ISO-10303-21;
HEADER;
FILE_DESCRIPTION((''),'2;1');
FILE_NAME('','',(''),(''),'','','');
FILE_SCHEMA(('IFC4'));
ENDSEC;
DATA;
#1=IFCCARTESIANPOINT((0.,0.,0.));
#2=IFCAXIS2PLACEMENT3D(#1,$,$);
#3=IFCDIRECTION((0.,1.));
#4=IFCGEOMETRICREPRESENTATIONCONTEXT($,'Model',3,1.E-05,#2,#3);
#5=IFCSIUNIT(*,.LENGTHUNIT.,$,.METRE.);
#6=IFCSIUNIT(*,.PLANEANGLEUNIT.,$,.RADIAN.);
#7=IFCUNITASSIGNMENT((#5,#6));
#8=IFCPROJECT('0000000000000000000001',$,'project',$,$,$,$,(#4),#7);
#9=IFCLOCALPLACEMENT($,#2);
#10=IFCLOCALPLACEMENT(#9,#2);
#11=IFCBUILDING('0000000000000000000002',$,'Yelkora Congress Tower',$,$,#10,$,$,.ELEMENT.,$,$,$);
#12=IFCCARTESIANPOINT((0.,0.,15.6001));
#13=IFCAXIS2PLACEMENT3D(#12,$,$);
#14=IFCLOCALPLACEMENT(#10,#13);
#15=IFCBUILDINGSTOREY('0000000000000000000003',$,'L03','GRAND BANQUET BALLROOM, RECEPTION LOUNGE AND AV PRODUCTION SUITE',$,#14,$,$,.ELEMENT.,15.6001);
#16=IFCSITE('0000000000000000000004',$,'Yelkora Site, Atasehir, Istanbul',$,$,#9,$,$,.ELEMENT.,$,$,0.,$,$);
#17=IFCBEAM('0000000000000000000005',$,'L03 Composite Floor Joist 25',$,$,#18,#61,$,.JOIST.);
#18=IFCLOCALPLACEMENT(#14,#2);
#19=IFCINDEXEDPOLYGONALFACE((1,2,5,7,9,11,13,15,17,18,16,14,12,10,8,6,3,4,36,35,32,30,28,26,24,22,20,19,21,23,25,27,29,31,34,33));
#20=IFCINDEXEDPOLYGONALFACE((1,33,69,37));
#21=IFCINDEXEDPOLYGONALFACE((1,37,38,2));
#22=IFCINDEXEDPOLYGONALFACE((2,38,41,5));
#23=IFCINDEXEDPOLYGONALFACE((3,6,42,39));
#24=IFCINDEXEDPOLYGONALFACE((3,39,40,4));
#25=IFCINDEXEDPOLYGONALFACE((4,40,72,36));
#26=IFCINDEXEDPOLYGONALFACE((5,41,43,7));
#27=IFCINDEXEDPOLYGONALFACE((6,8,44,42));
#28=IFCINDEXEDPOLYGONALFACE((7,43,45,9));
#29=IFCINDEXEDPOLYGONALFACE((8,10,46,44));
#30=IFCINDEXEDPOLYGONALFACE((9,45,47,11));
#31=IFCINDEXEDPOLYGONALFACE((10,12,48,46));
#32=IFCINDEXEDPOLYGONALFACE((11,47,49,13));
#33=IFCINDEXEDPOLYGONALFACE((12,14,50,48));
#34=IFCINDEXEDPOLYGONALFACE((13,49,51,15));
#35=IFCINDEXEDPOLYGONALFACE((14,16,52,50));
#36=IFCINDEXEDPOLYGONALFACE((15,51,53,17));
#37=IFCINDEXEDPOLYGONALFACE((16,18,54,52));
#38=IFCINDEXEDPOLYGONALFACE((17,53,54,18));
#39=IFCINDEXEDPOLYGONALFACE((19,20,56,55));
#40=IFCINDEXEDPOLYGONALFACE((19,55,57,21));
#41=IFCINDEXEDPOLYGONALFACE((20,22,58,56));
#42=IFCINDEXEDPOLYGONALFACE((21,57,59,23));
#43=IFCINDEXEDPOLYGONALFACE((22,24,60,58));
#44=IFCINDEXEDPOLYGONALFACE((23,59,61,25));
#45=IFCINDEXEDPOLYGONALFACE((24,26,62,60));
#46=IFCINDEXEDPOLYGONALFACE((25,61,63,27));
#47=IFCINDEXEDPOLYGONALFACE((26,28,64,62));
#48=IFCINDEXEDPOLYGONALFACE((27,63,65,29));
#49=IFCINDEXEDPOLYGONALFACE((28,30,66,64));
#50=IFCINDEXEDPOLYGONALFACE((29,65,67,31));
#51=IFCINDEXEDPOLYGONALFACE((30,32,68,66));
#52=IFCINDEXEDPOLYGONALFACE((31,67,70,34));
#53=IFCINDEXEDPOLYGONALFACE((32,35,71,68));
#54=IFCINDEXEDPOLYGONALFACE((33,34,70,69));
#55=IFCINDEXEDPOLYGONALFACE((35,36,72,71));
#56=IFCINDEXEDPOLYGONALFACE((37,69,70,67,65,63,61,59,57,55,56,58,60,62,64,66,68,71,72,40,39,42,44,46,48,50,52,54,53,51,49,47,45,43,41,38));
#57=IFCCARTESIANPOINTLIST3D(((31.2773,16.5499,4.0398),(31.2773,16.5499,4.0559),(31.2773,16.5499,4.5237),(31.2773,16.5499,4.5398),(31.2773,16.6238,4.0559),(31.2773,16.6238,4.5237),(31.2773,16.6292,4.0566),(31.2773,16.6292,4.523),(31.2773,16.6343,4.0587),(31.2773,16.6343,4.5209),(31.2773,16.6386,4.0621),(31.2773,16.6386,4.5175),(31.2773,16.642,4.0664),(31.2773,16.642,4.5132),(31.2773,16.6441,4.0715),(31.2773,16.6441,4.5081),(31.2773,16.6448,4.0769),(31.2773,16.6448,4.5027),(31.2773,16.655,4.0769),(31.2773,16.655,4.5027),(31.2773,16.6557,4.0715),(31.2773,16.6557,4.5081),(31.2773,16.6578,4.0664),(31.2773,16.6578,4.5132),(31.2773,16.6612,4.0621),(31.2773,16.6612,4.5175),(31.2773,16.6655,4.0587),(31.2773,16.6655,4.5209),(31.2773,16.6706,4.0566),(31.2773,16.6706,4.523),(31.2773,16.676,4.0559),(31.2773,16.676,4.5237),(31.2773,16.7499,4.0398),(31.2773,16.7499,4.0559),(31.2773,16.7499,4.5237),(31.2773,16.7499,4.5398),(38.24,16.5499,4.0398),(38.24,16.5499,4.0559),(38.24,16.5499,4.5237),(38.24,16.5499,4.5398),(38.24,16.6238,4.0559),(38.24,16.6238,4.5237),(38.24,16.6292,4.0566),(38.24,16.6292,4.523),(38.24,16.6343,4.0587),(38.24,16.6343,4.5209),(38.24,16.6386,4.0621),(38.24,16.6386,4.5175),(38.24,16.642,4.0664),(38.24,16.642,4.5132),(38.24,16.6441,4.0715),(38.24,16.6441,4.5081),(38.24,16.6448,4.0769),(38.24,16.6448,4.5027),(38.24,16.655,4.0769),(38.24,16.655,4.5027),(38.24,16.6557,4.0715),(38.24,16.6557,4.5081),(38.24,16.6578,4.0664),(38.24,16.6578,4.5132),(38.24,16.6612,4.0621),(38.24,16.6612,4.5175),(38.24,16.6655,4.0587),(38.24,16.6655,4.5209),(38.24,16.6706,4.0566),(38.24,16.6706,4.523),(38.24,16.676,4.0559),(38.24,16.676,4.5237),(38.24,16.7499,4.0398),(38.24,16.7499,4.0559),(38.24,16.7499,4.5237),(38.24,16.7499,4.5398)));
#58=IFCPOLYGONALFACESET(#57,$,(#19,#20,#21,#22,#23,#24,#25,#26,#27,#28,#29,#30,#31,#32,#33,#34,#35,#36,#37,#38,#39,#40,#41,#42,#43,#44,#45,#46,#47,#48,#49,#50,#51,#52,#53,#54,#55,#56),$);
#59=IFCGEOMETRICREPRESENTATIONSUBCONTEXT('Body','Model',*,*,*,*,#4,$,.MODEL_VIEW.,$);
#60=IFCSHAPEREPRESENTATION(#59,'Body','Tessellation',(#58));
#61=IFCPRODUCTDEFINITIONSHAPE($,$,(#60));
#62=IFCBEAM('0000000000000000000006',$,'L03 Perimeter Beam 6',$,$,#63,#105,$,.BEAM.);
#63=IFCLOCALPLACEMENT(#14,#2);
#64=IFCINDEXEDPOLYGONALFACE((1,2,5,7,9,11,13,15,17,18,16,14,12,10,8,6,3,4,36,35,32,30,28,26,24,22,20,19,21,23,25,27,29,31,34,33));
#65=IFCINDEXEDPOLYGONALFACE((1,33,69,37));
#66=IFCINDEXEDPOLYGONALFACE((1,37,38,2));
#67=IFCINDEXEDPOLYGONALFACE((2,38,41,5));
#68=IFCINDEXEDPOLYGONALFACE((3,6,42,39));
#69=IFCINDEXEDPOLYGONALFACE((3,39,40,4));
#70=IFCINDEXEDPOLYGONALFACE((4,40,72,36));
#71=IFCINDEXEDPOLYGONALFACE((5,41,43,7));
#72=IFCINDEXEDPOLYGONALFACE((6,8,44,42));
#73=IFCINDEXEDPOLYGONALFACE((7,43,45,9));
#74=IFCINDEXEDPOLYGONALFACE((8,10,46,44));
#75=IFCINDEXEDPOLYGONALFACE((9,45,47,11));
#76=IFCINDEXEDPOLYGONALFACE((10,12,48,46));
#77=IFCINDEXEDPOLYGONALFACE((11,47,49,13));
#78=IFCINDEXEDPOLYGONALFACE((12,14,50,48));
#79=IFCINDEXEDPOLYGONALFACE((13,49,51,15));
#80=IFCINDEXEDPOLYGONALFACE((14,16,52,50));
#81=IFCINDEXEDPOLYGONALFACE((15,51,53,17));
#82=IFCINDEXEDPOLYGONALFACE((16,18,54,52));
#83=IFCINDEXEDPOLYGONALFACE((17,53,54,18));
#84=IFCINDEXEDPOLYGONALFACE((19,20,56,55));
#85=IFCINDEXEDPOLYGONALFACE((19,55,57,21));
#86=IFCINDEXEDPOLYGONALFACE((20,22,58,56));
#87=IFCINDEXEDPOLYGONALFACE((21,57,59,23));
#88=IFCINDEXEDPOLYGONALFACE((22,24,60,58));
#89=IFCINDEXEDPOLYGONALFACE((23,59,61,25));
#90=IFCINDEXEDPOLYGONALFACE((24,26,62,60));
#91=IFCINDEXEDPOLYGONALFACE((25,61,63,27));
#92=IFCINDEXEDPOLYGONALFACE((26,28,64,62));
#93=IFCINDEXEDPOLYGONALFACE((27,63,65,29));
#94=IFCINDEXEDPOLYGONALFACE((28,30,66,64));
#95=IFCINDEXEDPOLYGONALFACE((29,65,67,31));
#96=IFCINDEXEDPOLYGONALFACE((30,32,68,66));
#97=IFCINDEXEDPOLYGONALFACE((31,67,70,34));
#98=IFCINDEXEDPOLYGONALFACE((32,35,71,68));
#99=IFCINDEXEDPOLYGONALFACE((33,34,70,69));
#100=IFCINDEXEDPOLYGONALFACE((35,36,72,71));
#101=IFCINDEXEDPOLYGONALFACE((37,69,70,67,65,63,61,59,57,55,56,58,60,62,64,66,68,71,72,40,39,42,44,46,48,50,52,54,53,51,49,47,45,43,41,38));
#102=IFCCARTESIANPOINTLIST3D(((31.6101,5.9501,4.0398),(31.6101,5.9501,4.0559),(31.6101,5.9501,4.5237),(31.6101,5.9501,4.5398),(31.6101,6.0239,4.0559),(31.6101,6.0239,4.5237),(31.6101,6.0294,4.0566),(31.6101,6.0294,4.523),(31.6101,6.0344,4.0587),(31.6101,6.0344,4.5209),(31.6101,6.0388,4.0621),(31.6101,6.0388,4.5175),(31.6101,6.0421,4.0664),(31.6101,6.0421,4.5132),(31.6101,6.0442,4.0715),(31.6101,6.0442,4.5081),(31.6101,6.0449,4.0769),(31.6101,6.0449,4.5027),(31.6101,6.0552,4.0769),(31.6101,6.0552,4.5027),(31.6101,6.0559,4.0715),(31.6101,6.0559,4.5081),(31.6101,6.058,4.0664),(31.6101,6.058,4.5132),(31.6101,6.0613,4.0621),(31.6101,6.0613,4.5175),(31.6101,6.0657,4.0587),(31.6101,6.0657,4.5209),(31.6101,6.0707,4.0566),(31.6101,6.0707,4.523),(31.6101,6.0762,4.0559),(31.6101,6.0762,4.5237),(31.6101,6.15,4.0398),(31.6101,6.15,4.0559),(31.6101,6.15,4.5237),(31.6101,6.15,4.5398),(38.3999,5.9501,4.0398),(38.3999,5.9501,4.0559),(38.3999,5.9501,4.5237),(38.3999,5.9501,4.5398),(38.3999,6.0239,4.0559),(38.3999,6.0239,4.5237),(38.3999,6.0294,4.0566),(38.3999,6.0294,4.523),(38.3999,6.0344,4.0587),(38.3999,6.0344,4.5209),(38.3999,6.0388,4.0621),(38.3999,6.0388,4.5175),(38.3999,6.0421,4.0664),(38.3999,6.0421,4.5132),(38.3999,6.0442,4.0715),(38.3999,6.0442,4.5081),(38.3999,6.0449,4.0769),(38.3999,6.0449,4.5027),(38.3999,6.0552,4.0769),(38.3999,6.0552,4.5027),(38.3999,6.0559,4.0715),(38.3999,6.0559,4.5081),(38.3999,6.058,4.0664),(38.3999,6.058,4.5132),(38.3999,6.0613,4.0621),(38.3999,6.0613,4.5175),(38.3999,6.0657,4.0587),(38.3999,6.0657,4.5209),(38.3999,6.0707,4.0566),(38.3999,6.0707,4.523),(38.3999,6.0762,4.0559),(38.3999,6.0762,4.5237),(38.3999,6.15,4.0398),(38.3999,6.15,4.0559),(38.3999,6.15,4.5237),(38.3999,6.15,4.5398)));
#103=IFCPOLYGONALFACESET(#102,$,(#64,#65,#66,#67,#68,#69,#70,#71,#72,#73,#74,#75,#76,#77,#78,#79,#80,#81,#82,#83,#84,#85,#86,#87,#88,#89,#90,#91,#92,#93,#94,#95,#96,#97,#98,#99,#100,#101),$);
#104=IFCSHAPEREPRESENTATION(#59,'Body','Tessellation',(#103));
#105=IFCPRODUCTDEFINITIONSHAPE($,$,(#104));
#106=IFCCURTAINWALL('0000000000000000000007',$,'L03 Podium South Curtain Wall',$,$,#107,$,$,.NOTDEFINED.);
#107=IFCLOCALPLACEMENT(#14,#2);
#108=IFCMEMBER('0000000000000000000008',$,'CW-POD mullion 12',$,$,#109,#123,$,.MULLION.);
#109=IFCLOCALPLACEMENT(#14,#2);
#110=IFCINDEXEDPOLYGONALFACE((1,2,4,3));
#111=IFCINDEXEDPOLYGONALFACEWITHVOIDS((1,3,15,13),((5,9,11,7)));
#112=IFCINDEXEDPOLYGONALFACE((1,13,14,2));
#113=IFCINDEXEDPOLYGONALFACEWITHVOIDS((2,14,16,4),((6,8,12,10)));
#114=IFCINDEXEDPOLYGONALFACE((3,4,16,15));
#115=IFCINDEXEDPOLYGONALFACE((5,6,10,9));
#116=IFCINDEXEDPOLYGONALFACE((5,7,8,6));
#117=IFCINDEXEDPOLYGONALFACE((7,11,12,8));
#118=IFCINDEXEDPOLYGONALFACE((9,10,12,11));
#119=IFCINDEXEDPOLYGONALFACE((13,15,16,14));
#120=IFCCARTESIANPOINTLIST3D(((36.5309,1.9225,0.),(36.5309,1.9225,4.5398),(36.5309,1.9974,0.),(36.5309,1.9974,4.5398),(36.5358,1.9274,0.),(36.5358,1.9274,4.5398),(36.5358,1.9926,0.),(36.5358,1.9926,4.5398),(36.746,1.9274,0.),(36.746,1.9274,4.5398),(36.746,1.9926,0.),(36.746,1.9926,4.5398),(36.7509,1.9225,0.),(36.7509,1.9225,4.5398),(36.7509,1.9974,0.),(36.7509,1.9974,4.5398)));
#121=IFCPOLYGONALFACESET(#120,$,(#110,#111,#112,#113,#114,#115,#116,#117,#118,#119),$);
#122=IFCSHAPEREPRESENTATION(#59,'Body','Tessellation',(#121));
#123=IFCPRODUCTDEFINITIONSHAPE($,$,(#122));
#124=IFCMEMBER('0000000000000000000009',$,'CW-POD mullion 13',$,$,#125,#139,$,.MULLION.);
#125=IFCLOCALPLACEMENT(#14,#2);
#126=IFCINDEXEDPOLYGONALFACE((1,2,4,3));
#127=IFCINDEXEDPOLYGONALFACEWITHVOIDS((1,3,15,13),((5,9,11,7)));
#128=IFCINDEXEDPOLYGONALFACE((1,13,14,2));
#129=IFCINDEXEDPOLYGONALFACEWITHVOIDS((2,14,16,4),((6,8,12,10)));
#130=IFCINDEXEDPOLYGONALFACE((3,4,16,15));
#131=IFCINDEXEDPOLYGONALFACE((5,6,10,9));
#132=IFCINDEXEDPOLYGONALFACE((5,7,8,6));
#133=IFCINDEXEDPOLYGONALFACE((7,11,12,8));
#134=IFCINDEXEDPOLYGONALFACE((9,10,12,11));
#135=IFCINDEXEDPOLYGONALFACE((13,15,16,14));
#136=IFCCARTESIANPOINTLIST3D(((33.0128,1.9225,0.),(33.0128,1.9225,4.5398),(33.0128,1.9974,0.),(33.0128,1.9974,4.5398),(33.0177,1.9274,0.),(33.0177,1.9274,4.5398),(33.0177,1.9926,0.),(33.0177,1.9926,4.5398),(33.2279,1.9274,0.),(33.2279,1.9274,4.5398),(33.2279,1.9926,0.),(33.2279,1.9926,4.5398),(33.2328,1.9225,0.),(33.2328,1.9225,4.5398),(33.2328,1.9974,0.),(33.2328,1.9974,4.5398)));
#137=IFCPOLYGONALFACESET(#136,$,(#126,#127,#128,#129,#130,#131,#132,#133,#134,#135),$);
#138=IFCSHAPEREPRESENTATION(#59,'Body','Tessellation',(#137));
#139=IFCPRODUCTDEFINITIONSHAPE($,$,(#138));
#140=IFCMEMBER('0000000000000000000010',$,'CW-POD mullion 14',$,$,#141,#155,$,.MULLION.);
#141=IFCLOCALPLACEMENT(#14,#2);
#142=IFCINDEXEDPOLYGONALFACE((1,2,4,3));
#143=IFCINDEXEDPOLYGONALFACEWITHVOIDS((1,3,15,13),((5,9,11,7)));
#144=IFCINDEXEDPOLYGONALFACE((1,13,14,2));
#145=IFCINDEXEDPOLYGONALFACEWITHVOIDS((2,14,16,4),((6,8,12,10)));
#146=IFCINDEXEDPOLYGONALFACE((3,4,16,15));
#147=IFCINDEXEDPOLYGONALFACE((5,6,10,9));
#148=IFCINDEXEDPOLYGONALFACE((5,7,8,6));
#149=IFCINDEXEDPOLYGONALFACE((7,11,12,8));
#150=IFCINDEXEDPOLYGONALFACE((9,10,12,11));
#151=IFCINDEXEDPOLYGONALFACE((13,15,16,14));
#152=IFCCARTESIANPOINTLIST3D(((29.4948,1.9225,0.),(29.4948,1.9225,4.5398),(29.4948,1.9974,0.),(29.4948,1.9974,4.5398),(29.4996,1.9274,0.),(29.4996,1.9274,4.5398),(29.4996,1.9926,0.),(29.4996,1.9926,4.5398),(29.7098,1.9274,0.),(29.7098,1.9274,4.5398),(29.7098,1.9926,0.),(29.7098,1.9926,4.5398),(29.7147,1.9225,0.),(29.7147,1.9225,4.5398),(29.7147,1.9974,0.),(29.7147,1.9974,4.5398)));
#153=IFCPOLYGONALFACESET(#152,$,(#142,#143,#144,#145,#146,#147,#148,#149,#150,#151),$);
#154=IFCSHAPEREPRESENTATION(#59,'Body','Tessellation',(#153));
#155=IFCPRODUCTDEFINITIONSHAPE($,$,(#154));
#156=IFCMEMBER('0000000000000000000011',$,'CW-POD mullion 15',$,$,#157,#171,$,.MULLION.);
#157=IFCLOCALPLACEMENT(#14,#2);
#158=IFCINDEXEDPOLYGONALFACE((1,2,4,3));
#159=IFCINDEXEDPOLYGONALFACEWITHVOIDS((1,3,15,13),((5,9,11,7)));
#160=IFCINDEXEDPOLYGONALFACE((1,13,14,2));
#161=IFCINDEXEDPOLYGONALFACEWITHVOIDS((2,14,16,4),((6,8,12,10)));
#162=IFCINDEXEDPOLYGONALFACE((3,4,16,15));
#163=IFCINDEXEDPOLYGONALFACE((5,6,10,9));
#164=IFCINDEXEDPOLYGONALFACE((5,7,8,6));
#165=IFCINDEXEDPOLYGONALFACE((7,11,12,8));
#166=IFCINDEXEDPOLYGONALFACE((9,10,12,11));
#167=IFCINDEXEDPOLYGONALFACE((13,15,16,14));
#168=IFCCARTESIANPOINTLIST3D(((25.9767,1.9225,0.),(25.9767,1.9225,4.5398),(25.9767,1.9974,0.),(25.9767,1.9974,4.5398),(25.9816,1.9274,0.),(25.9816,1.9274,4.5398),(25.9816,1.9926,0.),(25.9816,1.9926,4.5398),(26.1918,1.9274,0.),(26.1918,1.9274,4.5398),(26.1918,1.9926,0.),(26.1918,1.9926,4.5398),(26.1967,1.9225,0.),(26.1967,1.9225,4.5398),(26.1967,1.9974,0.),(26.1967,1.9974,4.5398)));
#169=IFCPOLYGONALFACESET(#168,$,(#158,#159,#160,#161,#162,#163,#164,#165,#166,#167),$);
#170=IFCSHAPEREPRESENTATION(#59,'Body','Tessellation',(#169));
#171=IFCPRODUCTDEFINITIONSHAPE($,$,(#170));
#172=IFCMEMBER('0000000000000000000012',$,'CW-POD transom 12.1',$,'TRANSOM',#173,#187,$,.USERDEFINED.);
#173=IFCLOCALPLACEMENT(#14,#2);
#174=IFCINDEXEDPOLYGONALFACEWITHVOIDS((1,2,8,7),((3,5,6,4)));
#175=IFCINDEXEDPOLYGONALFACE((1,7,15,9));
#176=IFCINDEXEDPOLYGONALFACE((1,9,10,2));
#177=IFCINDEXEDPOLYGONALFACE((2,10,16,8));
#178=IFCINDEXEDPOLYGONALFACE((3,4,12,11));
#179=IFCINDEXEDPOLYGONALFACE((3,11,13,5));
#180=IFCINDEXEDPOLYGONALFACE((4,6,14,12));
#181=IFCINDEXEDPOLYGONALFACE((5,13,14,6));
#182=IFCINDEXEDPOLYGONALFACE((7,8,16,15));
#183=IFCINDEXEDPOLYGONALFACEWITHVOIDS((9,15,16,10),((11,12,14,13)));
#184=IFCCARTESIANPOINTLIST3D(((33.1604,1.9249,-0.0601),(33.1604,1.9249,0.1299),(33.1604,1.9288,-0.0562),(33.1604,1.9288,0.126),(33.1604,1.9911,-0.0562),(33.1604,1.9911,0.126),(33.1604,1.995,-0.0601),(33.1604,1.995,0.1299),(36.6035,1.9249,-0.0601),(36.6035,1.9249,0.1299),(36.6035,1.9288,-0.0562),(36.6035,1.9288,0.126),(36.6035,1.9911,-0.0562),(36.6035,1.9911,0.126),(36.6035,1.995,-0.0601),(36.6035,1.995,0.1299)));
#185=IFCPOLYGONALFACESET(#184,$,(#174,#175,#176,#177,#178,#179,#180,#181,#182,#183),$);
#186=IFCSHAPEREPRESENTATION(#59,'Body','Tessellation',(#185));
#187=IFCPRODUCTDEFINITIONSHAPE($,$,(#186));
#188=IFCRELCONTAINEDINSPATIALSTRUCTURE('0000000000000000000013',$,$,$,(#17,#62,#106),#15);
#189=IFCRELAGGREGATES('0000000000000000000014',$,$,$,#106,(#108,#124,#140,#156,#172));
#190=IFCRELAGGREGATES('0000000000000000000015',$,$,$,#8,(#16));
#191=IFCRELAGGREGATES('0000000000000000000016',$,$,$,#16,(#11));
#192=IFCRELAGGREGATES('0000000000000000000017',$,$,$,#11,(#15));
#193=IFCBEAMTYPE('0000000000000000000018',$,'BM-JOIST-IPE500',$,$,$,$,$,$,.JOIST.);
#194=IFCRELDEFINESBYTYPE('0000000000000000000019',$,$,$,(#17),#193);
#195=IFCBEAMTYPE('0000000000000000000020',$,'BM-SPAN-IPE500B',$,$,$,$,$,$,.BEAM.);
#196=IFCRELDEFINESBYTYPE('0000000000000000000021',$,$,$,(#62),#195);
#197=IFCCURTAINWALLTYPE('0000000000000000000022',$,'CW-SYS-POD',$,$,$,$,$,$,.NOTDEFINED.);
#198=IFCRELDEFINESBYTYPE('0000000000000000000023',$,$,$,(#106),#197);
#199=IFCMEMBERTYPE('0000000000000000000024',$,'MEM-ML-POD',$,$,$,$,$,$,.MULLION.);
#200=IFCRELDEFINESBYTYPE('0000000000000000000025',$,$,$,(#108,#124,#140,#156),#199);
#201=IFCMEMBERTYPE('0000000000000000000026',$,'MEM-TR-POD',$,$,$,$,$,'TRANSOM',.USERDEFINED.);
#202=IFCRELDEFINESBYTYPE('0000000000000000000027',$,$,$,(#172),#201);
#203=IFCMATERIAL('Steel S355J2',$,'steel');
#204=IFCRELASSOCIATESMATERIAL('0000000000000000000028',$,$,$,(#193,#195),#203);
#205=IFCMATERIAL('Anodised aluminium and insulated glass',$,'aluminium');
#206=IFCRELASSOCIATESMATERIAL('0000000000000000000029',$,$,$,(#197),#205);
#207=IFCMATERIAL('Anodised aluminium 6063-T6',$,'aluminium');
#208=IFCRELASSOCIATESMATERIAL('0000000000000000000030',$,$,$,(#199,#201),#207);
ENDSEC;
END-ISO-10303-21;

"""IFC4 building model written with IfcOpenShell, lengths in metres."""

from ifc_helpers import new_model, si_unit, direction, frame, origin, origin_2d, place, context, subcontext, project, spatial, hollow_rectangle, i_section, extrude, material, material_profile, profile_set, type_object, element, aggregate, save


model = new_model("IFC4")

# Units and contexts
model_context = context("Model", 3, precision=1e-05, world=origin(), true_north=direction((0.0, 1.0)))
body_context = subcontext(model_context, "Body", "Model", "MODEL_VIEW")
ifc_project = project(units=[si_unit("LENGTHUNIT", "METRE"), si_unit("PLANEANGLEUNIT", "RADIAN")], contexts=[model_context])

# Site, building, storey
site_placement = place(None, origin())
site = spatial("IfcSite", under=ifc_project, at=site_placement, Name="Yelkora Site, Atasehir, Istanbul", CompositionType="ELEMENT", RefElevation=0.0)
building_placement = place(site_placement, origin())
building = spatial("IfcBuilding", under=site, at=building_placement, Name="Yelkora Congress Tower", CompositionType="ELEMENT")
storey_placement = place(building_placement, frame((0.0, 0.0, 15.6001)))
storey = spatial("IfcBuildingStorey", under=building, at=storey_placement, Name="L03", Description="GRAND BANQUET BALLROOM, RECEPTION LOUNGE AND AV PRODUCTION SUITE", CompositionType="ELEMENT", Elevation=15.6001)

# Beams
ifc_material_1 = material(Name="Steel S355J2", Category="steel")
ifc_material_profile_1 = material_profile(ifc_material_1, i_section(OverallWidth=0.2, OverallDepth=0.5, WebThickness=0.0103, FlangeThickness=0.0161, FilletRadius=0.021, at=origin_2d()), Name="IPE 500")
ifc_profile_set_1 = profile_set([ifc_material_profile_1], Name="Steel S355J2")
beam_type_1 = type_object("IfcBeamType", Name="BM-JOIST-IPE500", PredefinedType="JOIST", material=ifc_profile_set_1)
beam_1_placement = place(storey_placement, frame((31.2773, 16.6499, 4.2898), z_axis=(1.0, 0.0, 0.0), x_axis=(0.0, 1.0, 0.0)))
element("IfcBeam", 1, at=beam_1_placement, inside=storey, type_object=beam_type_1, Name="L03 Composite Floor Joist 25", PredefinedType="JOIST", context=body_context, shape_type="SweptSolid", body=[
    extrude(i_section(OverallWidth=0.2, OverallDepth=0.5, WebThickness=0.0103, FlangeThickness=0.0161, FilletRadius=0.021, at=origin_2d()), origin(), (0.0, 0.0, 1.0), 6.9626),
])
ifc_material_profile_2 = material_profile(ifc_material_1, i_section(OverallWidth=0.2, OverallDepth=0.5, WebThickness=0.0103, FlangeThickness=0.0161, FilletRadius=0.021, at=origin_2d()), Name="IPE 500")
ifc_profile_set_2 = profile_set([ifc_material_profile_2], Name="Steel S355J2")
beam_type_2 = type_object("IfcBeamType", Name="BM-SPAN-IPE500B", PredefinedType="BEAM", material=ifc_profile_set_2)
beam_2_placement = place(storey_placement, frame((31.6101, 6.05, 4.2898), z_axis=(1.0, 0.0, 0.0), x_axis=(0.0, 1.0, 0.0)))
element("IfcBeam", 2, at=beam_2_placement, inside=storey, type_object=beam_type_2, Name="L03 Perimeter Beam 6", PredefinedType="BEAM", context=body_context, shape_type="SweptSolid", body=[
    extrude(i_section(OverallWidth=0.2, OverallDepth=0.5, WebThickness=0.0103, FlangeThickness=0.0161, FilletRadius=0.021, at=origin_2d()), origin(), (0.0, 0.0, 1.0), 6.7898),
])

# Curtain wall, members
ifc_material_2 = material(Name="Anodised aluminium and insulated glass", Category="aluminium")
curtain_wall_type = type_object("IfcCurtainWallType", Name="CW-SYS-POD", PredefinedType="NOTDEFINED", material=ifc_material_2)
curtain_wall_placement = place(storey_placement, origin())
curtain_wall = element("IfcCurtainWall", 3, at=curtain_wall_placement, inside=storey, type_object=curtain_wall_type, Name="L03 Podium South Curtain Wall", PredefinedType="NOTDEFINED")
ifc_material_3 = material(Name="Anodised aluminium 6063-T6", Category="aluminium")
ifc_material_profile_3 = material_profile(ifc_material_3, hollow_rectangle(XDim=0.075, YDim=0.22, WallThickness=0.0049, at=origin_2d()), Name="ALU 75x220x5")
ifc_profile_set_3 = profile_set([ifc_material_profile_3], Name="Anodised aluminium 6063-T6")
member_type_1 = type_object("IfcMemberType", Name="MEM-ML-POD", PredefinedType="MULLION", material=ifc_profile_set_3)
member_1_placement = place(storey_placement, frame((36.6409, 1.96, 0.0), z_axis=(0.0, 0.0, 1.0), x_axis=(0.0, -1.0, 0.0)))
member_1 = element("IfcMember", 4, at=member_1_placement, type_object=member_type_1, Name="CW-POD mullion 12", PredefinedType="MULLION", context=body_context, shape_type="SweptSolid", body=[
    extrude(hollow_rectangle(XDim=0.075, YDim=0.22, WallThickness=0.0049, at=origin_2d()), origin(), (0.0, 0.0, 1.0), 4.5398),
])
member_2_placement = place(storey_placement, frame((33.1228, 1.96, 0.0), z_axis=(0.0, 0.0, 1.0), x_axis=(0.0, -1.0, 0.0)))
member_2 = element("IfcMember", 5, at=member_2_placement, type_object=member_type_1, Name="CW-POD mullion 13", PredefinedType="MULLION", context=body_context, shape_type="SweptSolid", body=[
    extrude(hollow_rectangle(XDim=0.075, YDim=0.22, WallThickness=0.0049, at=origin_2d()), origin(), (0.0, 0.0, 1.0), 4.5398),
])
member_3_placement = place(storey_placement, frame((29.6047, 1.96, 0.0), z_axis=(0.0, 0.0, 1.0), x_axis=(0.0, -1.0, 0.0)))
member_3 = element("IfcMember", 6, at=member_3_placement, type_object=member_type_1, Name="CW-POD mullion 14", PredefinedType="MULLION", context=body_context, shape_type="SweptSolid", body=[
    extrude(hollow_rectangle(XDim=0.075, YDim=0.22, WallThickness=0.0049, at=origin_2d()), origin(), (0.0, 0.0, 1.0), 4.5398),
])
member_4_placement = place(storey_placement, frame((26.0867, 1.96, 0.0), z_axis=(0.0, 0.0, 1.0), x_axis=(0.0, -1.0, 0.0)))
member_4 = element("IfcMember", 7, at=member_4_placement, type_object=member_type_1, Name="CW-POD mullion 15", PredefinedType="MULLION", context=body_context, shape_type="SweptSolid", body=[
    extrude(hollow_rectangle(XDim=0.075, YDim=0.22, WallThickness=0.0049, at=origin_2d()), origin(), (0.0, 0.0, 1.0), 4.5398),
])
ifc_material_profile_4 = material_profile(ifc_material_3, hollow_rectangle(XDim=0.0701, YDim=0.1899, WallThickness=0.0039, at=origin_2d()), Name="ALU 70x190x4")
ifc_profile_set_4 = profile_set([ifc_material_profile_4], Name="Anodised aluminium 6063-T6")
member_type_2 = type_object("IfcMemberType", Name="MEM-TR-POD", ElementType="TRANSOM", PredefinedType="USERDEFINED", material=ifc_profile_set_4)
member_5_placement = place(storey_placement, frame((36.6035, 1.96, 0.0349), z_axis=(-1.0, 0.0, 0.0), x_axis=(0.0, -1.0, 0.0)))
member_5 = element("IfcMember", 8, at=member_5_placement, type_object=member_type_2, Name="CW-POD transom 12.1", ObjectType="TRANSOM", PredefinedType="USERDEFINED", context=body_context, shape_type="SweptSolid", body=[
    extrude(hollow_rectangle(XDim=0.0701, YDim=0.1899, WallThickness=0.0039, at=origin_2d()), origin(), (0.0, 0.0, 1.0), 3.4431),
])
aggregate(curtain_wall, [member_1, member_2, member_3, member_4, member_5])

save(model, "model.ifc")
